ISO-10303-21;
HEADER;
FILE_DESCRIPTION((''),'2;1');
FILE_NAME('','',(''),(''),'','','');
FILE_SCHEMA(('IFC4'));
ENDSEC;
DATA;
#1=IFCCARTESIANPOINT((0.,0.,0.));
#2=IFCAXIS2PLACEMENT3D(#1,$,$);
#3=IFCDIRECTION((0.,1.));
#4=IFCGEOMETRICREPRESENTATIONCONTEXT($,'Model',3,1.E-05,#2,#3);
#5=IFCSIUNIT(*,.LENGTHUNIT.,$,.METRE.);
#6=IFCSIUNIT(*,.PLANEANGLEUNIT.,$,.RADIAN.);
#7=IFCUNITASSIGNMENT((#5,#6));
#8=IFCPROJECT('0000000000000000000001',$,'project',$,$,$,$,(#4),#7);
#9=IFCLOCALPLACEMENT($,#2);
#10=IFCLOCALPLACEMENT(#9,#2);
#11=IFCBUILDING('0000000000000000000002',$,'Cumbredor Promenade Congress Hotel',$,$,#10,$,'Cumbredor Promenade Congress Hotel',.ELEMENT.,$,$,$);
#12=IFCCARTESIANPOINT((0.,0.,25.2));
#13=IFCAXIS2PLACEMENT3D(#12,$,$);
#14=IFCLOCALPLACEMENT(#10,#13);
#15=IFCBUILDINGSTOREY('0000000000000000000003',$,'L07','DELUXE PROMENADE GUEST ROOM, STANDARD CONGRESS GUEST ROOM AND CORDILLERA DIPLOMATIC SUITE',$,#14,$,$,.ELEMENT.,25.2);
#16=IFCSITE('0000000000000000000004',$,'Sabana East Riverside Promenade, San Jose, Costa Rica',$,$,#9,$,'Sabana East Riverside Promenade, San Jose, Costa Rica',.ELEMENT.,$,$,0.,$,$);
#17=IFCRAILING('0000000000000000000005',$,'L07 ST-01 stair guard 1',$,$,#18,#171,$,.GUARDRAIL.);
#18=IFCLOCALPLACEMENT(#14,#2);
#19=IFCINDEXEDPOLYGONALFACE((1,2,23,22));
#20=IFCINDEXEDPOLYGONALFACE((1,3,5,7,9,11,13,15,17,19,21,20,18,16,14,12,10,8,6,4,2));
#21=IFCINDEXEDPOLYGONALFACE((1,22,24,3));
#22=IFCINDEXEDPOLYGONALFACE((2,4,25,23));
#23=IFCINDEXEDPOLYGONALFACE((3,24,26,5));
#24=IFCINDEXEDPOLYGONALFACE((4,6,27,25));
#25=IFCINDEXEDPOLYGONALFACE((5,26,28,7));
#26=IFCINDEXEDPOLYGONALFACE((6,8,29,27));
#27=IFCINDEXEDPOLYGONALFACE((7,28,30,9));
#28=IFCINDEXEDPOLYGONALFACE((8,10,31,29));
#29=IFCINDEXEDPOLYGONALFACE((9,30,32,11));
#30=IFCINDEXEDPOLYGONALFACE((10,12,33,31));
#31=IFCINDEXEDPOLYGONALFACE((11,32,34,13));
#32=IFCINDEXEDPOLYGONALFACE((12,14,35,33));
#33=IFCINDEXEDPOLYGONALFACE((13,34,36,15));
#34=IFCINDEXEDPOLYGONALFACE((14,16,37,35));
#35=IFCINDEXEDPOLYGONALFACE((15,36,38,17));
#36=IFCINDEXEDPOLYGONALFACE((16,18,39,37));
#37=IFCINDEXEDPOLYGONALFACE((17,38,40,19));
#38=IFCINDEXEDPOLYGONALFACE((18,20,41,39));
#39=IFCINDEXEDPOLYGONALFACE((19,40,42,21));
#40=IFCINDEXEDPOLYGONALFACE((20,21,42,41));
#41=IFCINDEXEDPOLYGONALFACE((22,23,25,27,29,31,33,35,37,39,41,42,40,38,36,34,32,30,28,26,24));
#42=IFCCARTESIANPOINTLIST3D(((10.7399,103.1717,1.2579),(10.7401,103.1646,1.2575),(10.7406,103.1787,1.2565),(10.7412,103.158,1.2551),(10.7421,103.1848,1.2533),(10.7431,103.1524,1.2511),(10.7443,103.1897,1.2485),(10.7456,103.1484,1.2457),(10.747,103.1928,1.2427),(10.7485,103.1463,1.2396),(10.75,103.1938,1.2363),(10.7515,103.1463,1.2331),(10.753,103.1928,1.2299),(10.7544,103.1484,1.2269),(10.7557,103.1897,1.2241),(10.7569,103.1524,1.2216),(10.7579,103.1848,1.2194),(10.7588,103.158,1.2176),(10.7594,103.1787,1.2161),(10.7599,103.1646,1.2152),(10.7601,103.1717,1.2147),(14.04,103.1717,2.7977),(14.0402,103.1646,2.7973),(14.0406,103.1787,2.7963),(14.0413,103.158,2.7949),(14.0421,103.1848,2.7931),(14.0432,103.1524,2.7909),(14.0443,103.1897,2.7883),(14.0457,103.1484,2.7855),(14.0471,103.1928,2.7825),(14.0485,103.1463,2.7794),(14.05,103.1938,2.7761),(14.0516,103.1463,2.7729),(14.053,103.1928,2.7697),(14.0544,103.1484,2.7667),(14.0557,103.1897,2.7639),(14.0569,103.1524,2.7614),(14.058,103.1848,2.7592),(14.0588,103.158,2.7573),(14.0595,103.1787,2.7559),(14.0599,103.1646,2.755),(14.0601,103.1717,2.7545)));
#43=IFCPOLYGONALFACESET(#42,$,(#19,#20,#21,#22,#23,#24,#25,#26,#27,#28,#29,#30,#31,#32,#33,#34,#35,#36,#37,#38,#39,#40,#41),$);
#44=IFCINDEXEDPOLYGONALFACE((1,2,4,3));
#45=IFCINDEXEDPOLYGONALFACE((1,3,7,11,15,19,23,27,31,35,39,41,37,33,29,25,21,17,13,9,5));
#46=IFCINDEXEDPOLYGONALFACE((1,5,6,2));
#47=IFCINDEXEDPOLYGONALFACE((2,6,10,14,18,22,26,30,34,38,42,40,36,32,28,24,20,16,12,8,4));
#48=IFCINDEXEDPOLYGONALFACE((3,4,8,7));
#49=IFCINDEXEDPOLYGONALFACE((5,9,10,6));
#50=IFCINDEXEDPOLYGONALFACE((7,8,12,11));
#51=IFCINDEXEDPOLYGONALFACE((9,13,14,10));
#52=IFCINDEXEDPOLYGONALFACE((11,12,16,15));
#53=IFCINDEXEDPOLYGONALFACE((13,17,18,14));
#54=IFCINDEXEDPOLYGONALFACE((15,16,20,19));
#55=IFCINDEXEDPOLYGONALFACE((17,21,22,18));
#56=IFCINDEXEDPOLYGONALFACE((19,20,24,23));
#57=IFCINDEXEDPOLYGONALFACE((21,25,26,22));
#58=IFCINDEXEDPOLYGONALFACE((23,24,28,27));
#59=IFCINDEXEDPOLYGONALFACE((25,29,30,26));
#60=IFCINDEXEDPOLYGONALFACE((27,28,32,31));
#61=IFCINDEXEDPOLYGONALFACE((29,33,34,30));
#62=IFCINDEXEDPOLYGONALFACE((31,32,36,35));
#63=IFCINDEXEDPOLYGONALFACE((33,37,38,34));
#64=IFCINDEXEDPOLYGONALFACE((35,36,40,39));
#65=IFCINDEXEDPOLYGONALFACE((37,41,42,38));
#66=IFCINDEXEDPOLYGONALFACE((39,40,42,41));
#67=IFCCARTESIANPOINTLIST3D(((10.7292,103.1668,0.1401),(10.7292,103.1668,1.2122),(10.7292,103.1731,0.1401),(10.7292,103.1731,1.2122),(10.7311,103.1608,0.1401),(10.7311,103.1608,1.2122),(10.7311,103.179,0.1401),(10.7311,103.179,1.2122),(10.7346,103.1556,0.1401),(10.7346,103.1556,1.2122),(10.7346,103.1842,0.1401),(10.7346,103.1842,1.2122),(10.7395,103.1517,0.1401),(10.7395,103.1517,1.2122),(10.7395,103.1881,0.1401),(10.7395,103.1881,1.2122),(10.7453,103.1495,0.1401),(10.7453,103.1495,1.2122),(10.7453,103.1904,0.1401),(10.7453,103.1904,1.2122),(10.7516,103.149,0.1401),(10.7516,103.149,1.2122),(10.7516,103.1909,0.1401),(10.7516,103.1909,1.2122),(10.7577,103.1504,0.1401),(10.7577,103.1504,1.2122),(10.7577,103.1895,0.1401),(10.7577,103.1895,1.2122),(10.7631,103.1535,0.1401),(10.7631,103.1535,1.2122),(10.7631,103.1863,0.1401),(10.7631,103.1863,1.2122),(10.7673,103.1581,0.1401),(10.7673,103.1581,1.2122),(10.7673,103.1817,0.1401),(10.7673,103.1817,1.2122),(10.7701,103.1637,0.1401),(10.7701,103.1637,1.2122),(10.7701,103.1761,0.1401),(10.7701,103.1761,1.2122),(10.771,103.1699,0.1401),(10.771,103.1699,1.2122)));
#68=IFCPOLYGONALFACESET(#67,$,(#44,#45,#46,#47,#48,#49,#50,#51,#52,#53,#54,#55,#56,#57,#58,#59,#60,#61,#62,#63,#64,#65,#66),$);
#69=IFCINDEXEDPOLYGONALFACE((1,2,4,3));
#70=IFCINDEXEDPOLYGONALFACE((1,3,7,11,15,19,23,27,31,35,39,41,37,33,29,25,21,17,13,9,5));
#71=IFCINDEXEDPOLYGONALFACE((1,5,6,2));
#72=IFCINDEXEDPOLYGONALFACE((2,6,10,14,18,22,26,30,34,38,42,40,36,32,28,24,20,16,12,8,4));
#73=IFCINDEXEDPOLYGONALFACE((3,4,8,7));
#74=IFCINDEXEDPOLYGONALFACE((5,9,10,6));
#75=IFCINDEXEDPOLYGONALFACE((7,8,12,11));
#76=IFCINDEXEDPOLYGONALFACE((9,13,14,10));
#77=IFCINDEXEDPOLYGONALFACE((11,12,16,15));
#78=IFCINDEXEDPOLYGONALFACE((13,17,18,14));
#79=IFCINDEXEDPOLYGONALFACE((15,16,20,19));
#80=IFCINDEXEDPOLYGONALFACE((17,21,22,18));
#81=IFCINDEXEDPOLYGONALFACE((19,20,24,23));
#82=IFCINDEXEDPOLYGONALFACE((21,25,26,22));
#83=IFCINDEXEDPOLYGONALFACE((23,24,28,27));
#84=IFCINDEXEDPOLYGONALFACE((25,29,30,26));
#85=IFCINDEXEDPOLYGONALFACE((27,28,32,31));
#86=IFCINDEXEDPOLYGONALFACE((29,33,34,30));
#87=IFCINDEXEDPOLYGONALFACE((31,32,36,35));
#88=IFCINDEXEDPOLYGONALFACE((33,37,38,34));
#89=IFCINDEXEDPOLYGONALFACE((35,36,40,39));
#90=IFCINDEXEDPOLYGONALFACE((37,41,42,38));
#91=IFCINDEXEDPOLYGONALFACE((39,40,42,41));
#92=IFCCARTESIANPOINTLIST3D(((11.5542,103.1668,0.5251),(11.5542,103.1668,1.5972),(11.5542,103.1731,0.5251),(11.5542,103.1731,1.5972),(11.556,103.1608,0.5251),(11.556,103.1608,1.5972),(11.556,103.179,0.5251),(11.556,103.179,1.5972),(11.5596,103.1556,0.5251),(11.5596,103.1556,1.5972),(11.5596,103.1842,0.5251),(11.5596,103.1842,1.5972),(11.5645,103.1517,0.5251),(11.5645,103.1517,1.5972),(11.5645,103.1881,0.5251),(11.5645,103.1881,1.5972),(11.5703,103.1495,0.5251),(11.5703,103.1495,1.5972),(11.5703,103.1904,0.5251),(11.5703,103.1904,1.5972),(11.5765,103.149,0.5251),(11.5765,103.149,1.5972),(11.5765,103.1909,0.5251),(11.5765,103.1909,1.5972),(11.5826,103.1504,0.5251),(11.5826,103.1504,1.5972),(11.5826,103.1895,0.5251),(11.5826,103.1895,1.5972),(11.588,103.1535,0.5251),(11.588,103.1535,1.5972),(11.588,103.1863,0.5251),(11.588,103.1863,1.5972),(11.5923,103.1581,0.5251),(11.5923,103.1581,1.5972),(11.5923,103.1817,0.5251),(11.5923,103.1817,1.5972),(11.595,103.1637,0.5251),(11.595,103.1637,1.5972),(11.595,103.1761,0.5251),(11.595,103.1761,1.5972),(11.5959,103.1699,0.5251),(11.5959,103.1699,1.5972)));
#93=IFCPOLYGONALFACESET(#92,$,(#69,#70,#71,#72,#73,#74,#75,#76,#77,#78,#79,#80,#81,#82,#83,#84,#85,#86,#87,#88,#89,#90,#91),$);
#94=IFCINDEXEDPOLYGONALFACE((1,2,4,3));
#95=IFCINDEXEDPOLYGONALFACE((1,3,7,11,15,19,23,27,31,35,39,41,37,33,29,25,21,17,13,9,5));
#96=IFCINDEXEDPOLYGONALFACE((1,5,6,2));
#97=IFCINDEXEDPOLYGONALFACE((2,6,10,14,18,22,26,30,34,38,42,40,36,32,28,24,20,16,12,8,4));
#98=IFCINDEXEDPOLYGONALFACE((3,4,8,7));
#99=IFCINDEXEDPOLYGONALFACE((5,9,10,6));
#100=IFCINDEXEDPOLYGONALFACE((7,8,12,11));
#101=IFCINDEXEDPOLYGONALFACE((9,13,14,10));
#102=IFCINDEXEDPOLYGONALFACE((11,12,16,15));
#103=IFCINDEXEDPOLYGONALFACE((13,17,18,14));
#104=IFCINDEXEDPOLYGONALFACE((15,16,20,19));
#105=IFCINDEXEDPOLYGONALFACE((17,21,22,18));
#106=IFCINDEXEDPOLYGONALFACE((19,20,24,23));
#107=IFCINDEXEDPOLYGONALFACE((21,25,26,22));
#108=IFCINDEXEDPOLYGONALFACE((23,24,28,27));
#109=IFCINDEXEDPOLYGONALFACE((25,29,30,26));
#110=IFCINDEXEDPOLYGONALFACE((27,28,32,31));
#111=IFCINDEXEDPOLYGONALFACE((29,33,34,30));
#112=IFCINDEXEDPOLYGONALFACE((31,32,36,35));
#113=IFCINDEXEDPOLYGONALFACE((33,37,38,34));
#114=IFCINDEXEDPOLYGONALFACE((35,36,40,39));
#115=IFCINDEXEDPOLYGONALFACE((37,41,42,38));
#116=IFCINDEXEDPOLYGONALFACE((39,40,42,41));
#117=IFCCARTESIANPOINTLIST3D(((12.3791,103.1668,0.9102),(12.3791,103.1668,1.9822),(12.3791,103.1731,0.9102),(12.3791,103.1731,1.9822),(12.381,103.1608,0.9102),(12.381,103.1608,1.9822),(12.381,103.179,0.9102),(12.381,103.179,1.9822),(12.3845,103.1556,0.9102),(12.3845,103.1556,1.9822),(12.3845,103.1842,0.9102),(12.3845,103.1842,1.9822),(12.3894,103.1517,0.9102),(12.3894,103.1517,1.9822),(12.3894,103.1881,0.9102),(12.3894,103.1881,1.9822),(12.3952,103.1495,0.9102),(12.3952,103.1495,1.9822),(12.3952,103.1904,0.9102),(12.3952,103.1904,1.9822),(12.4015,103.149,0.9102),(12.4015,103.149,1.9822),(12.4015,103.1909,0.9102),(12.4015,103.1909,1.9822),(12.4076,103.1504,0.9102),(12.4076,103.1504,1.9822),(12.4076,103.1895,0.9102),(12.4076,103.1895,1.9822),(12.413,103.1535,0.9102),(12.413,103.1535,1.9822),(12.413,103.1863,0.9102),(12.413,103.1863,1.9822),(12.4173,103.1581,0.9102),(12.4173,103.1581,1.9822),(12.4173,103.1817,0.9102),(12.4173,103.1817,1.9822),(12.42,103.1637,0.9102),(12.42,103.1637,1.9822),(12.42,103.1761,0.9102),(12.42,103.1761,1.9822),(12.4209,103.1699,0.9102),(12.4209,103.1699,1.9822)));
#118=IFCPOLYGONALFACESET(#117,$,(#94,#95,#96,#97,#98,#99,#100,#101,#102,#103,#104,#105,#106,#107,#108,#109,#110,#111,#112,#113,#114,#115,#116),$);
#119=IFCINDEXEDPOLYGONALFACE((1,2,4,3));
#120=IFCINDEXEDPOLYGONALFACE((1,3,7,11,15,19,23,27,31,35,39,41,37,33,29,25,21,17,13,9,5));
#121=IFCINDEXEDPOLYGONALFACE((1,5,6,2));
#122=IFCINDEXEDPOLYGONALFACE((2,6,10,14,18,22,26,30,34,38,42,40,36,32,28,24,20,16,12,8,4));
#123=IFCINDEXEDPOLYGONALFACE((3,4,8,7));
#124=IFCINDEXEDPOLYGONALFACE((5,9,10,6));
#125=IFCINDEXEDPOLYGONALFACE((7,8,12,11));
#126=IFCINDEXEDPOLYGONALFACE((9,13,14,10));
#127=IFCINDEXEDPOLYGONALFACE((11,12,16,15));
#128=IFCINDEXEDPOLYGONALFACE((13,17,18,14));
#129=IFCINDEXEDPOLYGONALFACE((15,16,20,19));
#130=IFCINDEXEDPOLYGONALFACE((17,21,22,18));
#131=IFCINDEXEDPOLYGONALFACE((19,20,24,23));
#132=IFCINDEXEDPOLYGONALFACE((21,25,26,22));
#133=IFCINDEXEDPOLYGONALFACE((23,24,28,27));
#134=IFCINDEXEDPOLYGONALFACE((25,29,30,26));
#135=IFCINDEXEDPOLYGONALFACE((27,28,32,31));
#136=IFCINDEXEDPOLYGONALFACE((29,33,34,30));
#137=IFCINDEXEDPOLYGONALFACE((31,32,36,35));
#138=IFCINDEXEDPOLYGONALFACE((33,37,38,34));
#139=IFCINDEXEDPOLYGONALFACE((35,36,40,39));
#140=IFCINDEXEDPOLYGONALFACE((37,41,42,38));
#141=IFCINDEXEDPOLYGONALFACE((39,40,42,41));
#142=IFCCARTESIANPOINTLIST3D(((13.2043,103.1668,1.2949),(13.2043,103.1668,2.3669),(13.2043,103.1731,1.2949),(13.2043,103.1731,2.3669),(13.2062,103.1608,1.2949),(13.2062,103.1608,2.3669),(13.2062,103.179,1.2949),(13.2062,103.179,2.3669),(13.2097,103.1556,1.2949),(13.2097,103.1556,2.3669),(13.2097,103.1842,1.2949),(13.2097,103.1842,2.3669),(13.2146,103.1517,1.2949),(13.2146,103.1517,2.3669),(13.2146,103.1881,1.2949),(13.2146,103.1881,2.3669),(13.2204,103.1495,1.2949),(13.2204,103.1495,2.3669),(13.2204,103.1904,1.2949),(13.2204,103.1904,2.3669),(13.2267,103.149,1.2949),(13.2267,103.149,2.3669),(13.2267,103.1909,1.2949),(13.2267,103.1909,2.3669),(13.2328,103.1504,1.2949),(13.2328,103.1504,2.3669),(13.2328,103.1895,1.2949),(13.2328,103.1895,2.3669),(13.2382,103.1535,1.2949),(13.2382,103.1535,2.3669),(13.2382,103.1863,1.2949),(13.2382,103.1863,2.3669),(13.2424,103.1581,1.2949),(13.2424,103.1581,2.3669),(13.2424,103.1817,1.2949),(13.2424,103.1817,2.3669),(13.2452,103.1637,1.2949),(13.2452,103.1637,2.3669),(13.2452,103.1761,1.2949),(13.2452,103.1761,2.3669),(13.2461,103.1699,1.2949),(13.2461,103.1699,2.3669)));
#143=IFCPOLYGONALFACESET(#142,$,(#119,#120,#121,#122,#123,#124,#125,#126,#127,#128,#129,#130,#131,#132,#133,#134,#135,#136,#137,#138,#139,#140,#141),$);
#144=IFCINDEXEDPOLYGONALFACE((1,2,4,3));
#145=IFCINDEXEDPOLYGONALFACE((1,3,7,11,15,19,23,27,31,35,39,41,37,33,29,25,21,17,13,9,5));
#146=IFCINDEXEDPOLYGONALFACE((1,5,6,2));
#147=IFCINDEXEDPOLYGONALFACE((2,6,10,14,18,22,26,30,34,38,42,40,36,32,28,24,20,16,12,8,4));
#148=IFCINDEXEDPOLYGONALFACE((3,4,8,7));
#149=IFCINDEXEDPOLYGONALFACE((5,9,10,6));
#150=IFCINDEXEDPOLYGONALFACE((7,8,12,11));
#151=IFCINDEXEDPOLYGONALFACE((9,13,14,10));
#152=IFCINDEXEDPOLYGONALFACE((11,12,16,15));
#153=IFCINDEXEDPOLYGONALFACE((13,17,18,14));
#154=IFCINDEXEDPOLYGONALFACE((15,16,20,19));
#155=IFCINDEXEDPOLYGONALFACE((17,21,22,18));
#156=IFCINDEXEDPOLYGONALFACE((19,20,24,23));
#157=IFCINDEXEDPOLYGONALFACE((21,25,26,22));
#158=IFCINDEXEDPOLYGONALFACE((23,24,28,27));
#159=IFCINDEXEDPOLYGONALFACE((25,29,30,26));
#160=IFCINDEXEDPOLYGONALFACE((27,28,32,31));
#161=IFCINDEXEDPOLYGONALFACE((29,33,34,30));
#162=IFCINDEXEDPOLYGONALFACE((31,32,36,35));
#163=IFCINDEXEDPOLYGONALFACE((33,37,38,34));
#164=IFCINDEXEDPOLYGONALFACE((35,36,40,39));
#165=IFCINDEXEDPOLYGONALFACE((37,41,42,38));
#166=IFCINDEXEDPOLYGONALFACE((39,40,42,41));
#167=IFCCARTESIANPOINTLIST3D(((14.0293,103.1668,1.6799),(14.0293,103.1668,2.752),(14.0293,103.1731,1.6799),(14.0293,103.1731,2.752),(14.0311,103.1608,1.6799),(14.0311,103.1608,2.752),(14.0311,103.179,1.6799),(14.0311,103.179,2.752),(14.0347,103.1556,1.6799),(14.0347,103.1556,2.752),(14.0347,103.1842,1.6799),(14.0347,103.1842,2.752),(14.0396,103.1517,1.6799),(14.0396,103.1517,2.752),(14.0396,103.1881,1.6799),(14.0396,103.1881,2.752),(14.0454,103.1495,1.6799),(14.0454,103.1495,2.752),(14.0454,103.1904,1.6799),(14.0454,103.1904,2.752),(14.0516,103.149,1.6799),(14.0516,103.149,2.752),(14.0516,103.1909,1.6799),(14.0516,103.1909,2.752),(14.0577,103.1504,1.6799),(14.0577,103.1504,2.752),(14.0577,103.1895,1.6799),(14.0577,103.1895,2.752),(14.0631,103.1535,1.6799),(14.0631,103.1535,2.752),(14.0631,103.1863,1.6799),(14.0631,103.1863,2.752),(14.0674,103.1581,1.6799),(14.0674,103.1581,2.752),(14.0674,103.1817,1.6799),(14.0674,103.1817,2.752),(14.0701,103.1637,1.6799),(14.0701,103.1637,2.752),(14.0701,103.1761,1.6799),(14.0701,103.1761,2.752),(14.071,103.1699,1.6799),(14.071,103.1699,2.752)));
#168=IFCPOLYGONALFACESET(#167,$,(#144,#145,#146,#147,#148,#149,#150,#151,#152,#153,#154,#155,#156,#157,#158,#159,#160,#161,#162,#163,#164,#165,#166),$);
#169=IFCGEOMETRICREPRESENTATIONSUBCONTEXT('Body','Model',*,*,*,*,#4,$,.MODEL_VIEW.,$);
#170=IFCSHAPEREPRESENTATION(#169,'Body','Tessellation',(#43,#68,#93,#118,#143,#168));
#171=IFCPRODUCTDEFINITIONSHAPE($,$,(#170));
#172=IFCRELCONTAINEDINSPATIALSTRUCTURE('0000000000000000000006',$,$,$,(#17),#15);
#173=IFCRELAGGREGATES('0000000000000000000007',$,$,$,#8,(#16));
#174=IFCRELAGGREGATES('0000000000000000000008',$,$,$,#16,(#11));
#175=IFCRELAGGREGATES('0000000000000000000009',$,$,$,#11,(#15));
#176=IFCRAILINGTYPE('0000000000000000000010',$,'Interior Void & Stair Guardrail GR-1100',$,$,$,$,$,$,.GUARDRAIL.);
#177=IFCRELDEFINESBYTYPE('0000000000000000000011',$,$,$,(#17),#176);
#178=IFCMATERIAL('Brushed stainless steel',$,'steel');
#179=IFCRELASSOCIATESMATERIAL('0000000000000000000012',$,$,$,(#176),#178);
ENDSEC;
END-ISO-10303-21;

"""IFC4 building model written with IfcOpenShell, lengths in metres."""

from ifc_helpers import new_model, si_unit, direction, frame, origin, origin_2d, place, context, subcontext, project, spatial, circle, extrude, material, type_object, element, save


model = new_model("IFC4")

# Units and contexts
model_context = context("Model", 3, precision=1e-05, world=origin(), true_north=direction((0.0, 1.0)))
body_context = subcontext(model_context, "Body", "Model", "MODEL_VIEW")
ifc_project = project(units=[si_unit("LENGTHUNIT", "METRE"), si_unit("PLANEANGLEUNIT", "RADIAN")], contexts=[model_context])

# Site, building, storey
site_placement = place(None, origin())
site = spatial("IfcSite", under=ifc_project, at=site_placement, Name="Sabana East Riverside Promenade, San Jose, Costa Rica", LongName="Sabana East Riverside Promenade, San Jose, Costa Rica", CompositionType="ELEMENT", RefElevation=0.0)
building_placement = place(site_placement, origin())
building = spatial("IfcBuilding", under=site, at=building_placement, Name="Cumbredor Promenade Congress Hotel", LongName="Cumbredor Promenade Congress Hotel", CompositionType="ELEMENT")
storey_placement = place(building_placement, frame((0.0, 0.0, 25.2)))
storey = spatial("IfcBuildingStorey", under=building, at=storey_placement, Name="L07", Description="DELUXE PROMENADE GUEST ROOM, STANDARD CONGRESS GUEST ROOM AND CORDILLERA DIPLOMATIC SUITE", CompositionType="ELEMENT", Elevation=25.2)

# Railing
ifc_material_1 = material(Name="Brushed stainless steel", Category="steel")
railing_type_1 = type_object("IfcRailingType", Name="Interior Void & Stair Guardrail GR-1100", PredefinedType="GUARDRAIL", material=ifc_material_1)
railing_1_placement = place(storey_placement, frame((10.75, 103.1699, 0.1401)))
element("IfcRailing", 1, at=railing_1_placement, inside=storey, type_object=railing_type_1, Name="L07 ST-01 stair guard 1", PredefinedType="GUARDRAIL", context=body_context, shape_type="SweptSolid", body=[
    extrude(circle(Radius=0.0239, at=origin_2d()), frame((0.0, 0.0, 1.0962), z_axis=(0.906207, 0.0, 0.422834), x_axis=(0.0, 1.0, 0.0)), (0.0, 0.0, 1.0), 3.6416),
    extrude(circle(Radius=0.021, at=origin_2d()), origin(), (0.0, 0.0, 1.0), 1.072),
    extrude(circle(Radius=0.021, at=origin_2d()), frame((0.825, 0.0, 0.385)), (0.0, 0.0, 1.0), 1.072),
    extrude(circle(Radius=0.021, at=origin_2d()), frame((1.6499, 0.0, 0.77)), (0.0, 0.0, 1.0), 1.072),
    extrude(circle(Radius=0.021, at=origin_2d()), frame((2.4751, 0.0, 1.1548)), (0.0, 0.0, 1.0), 1.072),
    extrude(circle(Radius=0.021, at=origin_2d()), frame((3.3, 0.0, 1.5398)), (0.0, 0.0, 1.0), 1.072),
])

save(model, "model.ifc")
